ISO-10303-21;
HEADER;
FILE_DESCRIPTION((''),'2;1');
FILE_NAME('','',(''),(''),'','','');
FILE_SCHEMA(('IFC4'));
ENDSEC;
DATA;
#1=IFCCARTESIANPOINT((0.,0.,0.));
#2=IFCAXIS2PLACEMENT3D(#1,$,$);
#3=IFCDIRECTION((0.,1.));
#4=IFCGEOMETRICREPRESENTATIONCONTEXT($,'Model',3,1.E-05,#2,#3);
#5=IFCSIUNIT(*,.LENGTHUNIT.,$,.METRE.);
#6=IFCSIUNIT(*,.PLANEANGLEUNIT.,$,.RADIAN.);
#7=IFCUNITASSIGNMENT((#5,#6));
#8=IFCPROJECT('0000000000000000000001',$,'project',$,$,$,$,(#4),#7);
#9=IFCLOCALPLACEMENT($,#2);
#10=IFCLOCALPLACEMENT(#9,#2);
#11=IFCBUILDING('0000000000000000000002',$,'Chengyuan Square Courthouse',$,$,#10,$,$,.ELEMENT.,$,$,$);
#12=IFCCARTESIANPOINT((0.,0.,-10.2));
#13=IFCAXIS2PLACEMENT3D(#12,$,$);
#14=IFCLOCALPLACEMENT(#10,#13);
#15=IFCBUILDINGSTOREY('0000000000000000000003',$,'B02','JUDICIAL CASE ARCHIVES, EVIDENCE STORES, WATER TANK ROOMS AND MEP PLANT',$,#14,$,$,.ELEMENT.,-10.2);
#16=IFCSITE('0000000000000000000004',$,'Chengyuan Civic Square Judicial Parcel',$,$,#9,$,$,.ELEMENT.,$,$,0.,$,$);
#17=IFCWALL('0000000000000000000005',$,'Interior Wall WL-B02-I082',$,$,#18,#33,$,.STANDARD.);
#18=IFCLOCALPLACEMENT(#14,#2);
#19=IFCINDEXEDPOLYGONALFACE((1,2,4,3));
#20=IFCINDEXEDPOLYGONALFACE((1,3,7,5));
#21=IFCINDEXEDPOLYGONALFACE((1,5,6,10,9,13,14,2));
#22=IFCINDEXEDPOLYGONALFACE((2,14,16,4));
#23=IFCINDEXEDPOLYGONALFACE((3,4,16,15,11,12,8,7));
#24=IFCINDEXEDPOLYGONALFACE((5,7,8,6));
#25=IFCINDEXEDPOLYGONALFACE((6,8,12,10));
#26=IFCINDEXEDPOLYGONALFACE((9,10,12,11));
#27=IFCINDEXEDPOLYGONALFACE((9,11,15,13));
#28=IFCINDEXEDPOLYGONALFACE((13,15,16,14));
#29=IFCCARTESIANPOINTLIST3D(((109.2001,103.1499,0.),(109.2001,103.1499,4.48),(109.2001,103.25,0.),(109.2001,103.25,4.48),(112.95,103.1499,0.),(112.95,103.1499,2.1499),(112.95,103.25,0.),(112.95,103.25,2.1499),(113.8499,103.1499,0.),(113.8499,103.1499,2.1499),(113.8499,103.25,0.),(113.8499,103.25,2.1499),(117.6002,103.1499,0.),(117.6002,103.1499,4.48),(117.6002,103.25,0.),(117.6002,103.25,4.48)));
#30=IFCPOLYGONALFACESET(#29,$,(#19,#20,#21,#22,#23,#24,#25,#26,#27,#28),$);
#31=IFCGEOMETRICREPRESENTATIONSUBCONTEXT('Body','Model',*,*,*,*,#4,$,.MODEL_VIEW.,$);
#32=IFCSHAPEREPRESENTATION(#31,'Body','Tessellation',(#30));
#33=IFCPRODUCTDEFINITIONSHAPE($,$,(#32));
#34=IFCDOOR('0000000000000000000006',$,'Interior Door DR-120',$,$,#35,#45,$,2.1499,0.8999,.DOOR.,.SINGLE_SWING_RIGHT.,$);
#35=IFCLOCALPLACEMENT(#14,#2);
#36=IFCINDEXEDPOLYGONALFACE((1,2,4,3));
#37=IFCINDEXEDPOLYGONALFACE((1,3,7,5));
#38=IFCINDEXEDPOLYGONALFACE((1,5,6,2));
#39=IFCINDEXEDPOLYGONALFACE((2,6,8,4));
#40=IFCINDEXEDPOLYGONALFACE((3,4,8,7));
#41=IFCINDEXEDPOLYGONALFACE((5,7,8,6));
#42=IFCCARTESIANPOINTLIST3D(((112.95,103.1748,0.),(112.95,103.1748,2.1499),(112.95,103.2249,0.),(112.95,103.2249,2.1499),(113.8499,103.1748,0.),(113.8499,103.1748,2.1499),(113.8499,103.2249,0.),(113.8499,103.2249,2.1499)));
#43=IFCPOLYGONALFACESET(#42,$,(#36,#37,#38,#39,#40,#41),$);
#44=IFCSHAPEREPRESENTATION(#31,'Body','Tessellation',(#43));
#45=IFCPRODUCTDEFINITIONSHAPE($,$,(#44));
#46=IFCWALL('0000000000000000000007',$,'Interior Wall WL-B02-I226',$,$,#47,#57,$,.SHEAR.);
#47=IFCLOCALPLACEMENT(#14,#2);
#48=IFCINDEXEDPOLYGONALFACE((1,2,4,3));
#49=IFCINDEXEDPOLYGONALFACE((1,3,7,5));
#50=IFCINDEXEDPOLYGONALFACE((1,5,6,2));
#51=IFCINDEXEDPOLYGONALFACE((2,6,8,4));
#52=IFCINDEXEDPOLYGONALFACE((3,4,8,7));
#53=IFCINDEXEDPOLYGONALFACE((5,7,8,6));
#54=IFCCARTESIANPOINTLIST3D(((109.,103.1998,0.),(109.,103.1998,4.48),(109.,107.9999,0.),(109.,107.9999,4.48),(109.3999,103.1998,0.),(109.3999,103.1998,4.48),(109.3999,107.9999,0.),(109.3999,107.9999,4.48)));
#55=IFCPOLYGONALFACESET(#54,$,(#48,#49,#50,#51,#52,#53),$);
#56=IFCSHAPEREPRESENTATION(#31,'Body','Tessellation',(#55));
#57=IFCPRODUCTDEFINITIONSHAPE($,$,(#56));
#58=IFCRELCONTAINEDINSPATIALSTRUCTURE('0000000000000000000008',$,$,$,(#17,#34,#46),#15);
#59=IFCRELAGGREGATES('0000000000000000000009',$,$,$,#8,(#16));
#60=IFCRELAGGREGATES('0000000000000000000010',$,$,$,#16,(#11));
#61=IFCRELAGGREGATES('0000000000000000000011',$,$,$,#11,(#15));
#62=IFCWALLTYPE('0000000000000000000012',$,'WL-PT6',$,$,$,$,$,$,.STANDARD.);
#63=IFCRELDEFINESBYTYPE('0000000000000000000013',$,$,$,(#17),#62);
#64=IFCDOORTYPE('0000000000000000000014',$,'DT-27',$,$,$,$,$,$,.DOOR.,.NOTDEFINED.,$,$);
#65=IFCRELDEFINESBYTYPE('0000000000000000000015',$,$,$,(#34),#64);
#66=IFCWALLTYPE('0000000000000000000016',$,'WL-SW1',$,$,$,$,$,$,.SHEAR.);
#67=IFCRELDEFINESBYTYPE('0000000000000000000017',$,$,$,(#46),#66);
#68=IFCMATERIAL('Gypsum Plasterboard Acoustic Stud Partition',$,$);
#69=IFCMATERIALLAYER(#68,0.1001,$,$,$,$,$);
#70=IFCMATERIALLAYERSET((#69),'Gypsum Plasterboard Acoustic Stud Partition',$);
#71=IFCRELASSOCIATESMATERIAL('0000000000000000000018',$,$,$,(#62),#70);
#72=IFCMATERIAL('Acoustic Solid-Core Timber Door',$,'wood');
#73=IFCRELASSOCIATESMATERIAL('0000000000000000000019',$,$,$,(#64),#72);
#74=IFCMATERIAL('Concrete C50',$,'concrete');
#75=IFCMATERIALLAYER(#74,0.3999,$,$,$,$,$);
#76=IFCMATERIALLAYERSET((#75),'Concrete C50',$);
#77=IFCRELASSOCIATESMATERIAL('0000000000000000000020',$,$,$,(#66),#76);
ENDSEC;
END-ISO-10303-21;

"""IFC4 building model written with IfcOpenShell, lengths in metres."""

from ifc_helpers import new_model, si_unit, direction, frame, frame_2d, origin, place, context, subcontext, project, spatial, rectangle, extrude, material, layer, layer_set, type_object, element, fill, save


model = new_model("IFC4")

# Units and contexts
model_context = context("Model", 3, precision=1e-05, world=origin(), true_north=direction((0.0, 1.0)))
body_context = subcontext(model_context, "Body", "Model", "MODEL_VIEW")
ifc_project = project(units=[si_unit("LENGTHUNIT", "METRE"), si_unit("PLANEANGLEUNIT", "RADIAN")], contexts=[model_context])

# Site, building, storey
site_placement = place(None, origin())
site = spatial("IfcSite", under=ifc_project, at=site_placement, Name="Chengyuan Civic Square Judicial Parcel", CompositionType="ELEMENT", RefElevation=0.0)
building_placement = place(site_placement, origin())
building = spatial("IfcBuilding", under=site, at=building_placement, Name="Chengyuan Square Courthouse", CompositionType="ELEMENT")
storey_placement = place(building_placement, frame((0.0, 0.0, -10.2)))
storey = spatial("IfcBuildingStorey", under=building, at=storey_placement, Name="B02", Description="JUDICIAL CASE ARCHIVES, EVIDENCE STORES, WATER TANK ROOMS AND MEP PLANT", CompositionType="ELEMENT", Elevation=-10.2)

# Wall, opening, door
ifc_material_1 = material(Name="Gypsum Plasterboard Acoustic Stud Partition")
ifc_layer_1 = layer(ifc_material_1, 0.1001)
ifc_layer_set_1 = layer_set([ifc_layer_1], Name="Gypsum Plasterboard Acoustic Stud Partition")
wall_type_1 = type_object("IfcWallType", Name="WL-PT6", PredefinedType="STANDARD", material=ifc_layer_set_1)
wall_1_placement = place(storey_placement, frame((109.2, 103.2, 0.0), z_axis=(0.0, 0.0, 1.0), x_axis=(1.0, 0.0, 0.0)))
wall_1 = element("IfcWall", 1, at=wall_1_placement, inside=storey, type_object=wall_type_1, Name="Interior Wall WL-B02-I082", PredefinedType="STANDARD", context=body_context, shape_type="SweptSolid", body=[
    extrude(rectangle(XDim=8.4001, YDim=0.1001, at=frame_2d((4.2002, 0.0))), origin(), (0.0, 0.0, 1.0), 4.48),
])
opening_1_placement = place(wall_1_placement, frame((3.75, 0.0, 0.0)))
opening_1 = element("IfcOpeningElement", 2, at=opening_1_placement, cuts=wall_1, PredefinedType="OPENING", context=body_context, shape_type="SweptSolid", body=[
    extrude(rectangle(XDim=0.8999, YDim=2.1499, at=frame_2d((0.45, 1.075))), frame((0.0, 0.062, 0.0), z_axis=(0.0, -1.0, 0.0), x_axis=(1.0, 0.0, 0.0)), (0.0, 0.0, 1.0), 0.124),
])
ifc_material_2 = material(Name="Acoustic Solid-Core Timber Door", Category="wood")
door_type_1 = type_object("IfcDoorType", Name="DT-27", OperationType="NOTDEFINED", PredefinedType="DOOR", material=ifc_material_2)
door_1_placement = place(opening_1_placement, origin())
door_1 = element("IfcDoor", 3, at=door_1_placement, inside=storey, type_object=door_type_1, Name="Interior Door DR-120", OperationType="SINGLE_SWING_RIGHT", OverallHeight=2.1499, OverallWidth=0.8999, PredefinedType="DOOR", context=body_context, shape_type="SweptSolid", body=[
    extrude(rectangle(XDim=0.8999, YDim=2.1499, at=frame_2d((0.45, 1.075))), frame((0.0, 0.0249, 0.0), z_axis=(0.0, -1.0, 0.0), x_axis=(1.0, 0.0, 0.0)), (0.0, 0.0, 1.0), 0.05),
])
fill(opening_1, door_1)

# Wall
ifc_material_3 = material(Name="Concrete C50", Category="concrete")
ifc_layer_2 = layer(ifc_material_3, 0.3999)
ifc_layer_set_2 = layer_set([ifc_layer_2], Name="Concrete C50")
wall_type_2 = type_object("IfcWallType", Name="WL-SW1", PredefinedType="SHEAR", material=ifc_layer_set_2)
wall_2_placement = place(storey_placement, frame((109.2, 103.2, 0.0), z_axis=(0.0, 0.0, 1.0), x_axis=(0.0, 1.0, 0.0)))
element("IfcWall", 4, at=wall_2_placement, inside=storey, type_object=wall_type_2, Name="Interior Wall WL-B02-I226", PredefinedType="SHEAR", context=body_context, shape_type="SweptSolid", body=[
    extrude(rectangle(XDim=4.8, YDim=0.3999, at=frame_2d((2.3999, 0.0))), origin(), (0.0, 0.0, 1.0), 4.48),
])

save(model, "model.ifc")
